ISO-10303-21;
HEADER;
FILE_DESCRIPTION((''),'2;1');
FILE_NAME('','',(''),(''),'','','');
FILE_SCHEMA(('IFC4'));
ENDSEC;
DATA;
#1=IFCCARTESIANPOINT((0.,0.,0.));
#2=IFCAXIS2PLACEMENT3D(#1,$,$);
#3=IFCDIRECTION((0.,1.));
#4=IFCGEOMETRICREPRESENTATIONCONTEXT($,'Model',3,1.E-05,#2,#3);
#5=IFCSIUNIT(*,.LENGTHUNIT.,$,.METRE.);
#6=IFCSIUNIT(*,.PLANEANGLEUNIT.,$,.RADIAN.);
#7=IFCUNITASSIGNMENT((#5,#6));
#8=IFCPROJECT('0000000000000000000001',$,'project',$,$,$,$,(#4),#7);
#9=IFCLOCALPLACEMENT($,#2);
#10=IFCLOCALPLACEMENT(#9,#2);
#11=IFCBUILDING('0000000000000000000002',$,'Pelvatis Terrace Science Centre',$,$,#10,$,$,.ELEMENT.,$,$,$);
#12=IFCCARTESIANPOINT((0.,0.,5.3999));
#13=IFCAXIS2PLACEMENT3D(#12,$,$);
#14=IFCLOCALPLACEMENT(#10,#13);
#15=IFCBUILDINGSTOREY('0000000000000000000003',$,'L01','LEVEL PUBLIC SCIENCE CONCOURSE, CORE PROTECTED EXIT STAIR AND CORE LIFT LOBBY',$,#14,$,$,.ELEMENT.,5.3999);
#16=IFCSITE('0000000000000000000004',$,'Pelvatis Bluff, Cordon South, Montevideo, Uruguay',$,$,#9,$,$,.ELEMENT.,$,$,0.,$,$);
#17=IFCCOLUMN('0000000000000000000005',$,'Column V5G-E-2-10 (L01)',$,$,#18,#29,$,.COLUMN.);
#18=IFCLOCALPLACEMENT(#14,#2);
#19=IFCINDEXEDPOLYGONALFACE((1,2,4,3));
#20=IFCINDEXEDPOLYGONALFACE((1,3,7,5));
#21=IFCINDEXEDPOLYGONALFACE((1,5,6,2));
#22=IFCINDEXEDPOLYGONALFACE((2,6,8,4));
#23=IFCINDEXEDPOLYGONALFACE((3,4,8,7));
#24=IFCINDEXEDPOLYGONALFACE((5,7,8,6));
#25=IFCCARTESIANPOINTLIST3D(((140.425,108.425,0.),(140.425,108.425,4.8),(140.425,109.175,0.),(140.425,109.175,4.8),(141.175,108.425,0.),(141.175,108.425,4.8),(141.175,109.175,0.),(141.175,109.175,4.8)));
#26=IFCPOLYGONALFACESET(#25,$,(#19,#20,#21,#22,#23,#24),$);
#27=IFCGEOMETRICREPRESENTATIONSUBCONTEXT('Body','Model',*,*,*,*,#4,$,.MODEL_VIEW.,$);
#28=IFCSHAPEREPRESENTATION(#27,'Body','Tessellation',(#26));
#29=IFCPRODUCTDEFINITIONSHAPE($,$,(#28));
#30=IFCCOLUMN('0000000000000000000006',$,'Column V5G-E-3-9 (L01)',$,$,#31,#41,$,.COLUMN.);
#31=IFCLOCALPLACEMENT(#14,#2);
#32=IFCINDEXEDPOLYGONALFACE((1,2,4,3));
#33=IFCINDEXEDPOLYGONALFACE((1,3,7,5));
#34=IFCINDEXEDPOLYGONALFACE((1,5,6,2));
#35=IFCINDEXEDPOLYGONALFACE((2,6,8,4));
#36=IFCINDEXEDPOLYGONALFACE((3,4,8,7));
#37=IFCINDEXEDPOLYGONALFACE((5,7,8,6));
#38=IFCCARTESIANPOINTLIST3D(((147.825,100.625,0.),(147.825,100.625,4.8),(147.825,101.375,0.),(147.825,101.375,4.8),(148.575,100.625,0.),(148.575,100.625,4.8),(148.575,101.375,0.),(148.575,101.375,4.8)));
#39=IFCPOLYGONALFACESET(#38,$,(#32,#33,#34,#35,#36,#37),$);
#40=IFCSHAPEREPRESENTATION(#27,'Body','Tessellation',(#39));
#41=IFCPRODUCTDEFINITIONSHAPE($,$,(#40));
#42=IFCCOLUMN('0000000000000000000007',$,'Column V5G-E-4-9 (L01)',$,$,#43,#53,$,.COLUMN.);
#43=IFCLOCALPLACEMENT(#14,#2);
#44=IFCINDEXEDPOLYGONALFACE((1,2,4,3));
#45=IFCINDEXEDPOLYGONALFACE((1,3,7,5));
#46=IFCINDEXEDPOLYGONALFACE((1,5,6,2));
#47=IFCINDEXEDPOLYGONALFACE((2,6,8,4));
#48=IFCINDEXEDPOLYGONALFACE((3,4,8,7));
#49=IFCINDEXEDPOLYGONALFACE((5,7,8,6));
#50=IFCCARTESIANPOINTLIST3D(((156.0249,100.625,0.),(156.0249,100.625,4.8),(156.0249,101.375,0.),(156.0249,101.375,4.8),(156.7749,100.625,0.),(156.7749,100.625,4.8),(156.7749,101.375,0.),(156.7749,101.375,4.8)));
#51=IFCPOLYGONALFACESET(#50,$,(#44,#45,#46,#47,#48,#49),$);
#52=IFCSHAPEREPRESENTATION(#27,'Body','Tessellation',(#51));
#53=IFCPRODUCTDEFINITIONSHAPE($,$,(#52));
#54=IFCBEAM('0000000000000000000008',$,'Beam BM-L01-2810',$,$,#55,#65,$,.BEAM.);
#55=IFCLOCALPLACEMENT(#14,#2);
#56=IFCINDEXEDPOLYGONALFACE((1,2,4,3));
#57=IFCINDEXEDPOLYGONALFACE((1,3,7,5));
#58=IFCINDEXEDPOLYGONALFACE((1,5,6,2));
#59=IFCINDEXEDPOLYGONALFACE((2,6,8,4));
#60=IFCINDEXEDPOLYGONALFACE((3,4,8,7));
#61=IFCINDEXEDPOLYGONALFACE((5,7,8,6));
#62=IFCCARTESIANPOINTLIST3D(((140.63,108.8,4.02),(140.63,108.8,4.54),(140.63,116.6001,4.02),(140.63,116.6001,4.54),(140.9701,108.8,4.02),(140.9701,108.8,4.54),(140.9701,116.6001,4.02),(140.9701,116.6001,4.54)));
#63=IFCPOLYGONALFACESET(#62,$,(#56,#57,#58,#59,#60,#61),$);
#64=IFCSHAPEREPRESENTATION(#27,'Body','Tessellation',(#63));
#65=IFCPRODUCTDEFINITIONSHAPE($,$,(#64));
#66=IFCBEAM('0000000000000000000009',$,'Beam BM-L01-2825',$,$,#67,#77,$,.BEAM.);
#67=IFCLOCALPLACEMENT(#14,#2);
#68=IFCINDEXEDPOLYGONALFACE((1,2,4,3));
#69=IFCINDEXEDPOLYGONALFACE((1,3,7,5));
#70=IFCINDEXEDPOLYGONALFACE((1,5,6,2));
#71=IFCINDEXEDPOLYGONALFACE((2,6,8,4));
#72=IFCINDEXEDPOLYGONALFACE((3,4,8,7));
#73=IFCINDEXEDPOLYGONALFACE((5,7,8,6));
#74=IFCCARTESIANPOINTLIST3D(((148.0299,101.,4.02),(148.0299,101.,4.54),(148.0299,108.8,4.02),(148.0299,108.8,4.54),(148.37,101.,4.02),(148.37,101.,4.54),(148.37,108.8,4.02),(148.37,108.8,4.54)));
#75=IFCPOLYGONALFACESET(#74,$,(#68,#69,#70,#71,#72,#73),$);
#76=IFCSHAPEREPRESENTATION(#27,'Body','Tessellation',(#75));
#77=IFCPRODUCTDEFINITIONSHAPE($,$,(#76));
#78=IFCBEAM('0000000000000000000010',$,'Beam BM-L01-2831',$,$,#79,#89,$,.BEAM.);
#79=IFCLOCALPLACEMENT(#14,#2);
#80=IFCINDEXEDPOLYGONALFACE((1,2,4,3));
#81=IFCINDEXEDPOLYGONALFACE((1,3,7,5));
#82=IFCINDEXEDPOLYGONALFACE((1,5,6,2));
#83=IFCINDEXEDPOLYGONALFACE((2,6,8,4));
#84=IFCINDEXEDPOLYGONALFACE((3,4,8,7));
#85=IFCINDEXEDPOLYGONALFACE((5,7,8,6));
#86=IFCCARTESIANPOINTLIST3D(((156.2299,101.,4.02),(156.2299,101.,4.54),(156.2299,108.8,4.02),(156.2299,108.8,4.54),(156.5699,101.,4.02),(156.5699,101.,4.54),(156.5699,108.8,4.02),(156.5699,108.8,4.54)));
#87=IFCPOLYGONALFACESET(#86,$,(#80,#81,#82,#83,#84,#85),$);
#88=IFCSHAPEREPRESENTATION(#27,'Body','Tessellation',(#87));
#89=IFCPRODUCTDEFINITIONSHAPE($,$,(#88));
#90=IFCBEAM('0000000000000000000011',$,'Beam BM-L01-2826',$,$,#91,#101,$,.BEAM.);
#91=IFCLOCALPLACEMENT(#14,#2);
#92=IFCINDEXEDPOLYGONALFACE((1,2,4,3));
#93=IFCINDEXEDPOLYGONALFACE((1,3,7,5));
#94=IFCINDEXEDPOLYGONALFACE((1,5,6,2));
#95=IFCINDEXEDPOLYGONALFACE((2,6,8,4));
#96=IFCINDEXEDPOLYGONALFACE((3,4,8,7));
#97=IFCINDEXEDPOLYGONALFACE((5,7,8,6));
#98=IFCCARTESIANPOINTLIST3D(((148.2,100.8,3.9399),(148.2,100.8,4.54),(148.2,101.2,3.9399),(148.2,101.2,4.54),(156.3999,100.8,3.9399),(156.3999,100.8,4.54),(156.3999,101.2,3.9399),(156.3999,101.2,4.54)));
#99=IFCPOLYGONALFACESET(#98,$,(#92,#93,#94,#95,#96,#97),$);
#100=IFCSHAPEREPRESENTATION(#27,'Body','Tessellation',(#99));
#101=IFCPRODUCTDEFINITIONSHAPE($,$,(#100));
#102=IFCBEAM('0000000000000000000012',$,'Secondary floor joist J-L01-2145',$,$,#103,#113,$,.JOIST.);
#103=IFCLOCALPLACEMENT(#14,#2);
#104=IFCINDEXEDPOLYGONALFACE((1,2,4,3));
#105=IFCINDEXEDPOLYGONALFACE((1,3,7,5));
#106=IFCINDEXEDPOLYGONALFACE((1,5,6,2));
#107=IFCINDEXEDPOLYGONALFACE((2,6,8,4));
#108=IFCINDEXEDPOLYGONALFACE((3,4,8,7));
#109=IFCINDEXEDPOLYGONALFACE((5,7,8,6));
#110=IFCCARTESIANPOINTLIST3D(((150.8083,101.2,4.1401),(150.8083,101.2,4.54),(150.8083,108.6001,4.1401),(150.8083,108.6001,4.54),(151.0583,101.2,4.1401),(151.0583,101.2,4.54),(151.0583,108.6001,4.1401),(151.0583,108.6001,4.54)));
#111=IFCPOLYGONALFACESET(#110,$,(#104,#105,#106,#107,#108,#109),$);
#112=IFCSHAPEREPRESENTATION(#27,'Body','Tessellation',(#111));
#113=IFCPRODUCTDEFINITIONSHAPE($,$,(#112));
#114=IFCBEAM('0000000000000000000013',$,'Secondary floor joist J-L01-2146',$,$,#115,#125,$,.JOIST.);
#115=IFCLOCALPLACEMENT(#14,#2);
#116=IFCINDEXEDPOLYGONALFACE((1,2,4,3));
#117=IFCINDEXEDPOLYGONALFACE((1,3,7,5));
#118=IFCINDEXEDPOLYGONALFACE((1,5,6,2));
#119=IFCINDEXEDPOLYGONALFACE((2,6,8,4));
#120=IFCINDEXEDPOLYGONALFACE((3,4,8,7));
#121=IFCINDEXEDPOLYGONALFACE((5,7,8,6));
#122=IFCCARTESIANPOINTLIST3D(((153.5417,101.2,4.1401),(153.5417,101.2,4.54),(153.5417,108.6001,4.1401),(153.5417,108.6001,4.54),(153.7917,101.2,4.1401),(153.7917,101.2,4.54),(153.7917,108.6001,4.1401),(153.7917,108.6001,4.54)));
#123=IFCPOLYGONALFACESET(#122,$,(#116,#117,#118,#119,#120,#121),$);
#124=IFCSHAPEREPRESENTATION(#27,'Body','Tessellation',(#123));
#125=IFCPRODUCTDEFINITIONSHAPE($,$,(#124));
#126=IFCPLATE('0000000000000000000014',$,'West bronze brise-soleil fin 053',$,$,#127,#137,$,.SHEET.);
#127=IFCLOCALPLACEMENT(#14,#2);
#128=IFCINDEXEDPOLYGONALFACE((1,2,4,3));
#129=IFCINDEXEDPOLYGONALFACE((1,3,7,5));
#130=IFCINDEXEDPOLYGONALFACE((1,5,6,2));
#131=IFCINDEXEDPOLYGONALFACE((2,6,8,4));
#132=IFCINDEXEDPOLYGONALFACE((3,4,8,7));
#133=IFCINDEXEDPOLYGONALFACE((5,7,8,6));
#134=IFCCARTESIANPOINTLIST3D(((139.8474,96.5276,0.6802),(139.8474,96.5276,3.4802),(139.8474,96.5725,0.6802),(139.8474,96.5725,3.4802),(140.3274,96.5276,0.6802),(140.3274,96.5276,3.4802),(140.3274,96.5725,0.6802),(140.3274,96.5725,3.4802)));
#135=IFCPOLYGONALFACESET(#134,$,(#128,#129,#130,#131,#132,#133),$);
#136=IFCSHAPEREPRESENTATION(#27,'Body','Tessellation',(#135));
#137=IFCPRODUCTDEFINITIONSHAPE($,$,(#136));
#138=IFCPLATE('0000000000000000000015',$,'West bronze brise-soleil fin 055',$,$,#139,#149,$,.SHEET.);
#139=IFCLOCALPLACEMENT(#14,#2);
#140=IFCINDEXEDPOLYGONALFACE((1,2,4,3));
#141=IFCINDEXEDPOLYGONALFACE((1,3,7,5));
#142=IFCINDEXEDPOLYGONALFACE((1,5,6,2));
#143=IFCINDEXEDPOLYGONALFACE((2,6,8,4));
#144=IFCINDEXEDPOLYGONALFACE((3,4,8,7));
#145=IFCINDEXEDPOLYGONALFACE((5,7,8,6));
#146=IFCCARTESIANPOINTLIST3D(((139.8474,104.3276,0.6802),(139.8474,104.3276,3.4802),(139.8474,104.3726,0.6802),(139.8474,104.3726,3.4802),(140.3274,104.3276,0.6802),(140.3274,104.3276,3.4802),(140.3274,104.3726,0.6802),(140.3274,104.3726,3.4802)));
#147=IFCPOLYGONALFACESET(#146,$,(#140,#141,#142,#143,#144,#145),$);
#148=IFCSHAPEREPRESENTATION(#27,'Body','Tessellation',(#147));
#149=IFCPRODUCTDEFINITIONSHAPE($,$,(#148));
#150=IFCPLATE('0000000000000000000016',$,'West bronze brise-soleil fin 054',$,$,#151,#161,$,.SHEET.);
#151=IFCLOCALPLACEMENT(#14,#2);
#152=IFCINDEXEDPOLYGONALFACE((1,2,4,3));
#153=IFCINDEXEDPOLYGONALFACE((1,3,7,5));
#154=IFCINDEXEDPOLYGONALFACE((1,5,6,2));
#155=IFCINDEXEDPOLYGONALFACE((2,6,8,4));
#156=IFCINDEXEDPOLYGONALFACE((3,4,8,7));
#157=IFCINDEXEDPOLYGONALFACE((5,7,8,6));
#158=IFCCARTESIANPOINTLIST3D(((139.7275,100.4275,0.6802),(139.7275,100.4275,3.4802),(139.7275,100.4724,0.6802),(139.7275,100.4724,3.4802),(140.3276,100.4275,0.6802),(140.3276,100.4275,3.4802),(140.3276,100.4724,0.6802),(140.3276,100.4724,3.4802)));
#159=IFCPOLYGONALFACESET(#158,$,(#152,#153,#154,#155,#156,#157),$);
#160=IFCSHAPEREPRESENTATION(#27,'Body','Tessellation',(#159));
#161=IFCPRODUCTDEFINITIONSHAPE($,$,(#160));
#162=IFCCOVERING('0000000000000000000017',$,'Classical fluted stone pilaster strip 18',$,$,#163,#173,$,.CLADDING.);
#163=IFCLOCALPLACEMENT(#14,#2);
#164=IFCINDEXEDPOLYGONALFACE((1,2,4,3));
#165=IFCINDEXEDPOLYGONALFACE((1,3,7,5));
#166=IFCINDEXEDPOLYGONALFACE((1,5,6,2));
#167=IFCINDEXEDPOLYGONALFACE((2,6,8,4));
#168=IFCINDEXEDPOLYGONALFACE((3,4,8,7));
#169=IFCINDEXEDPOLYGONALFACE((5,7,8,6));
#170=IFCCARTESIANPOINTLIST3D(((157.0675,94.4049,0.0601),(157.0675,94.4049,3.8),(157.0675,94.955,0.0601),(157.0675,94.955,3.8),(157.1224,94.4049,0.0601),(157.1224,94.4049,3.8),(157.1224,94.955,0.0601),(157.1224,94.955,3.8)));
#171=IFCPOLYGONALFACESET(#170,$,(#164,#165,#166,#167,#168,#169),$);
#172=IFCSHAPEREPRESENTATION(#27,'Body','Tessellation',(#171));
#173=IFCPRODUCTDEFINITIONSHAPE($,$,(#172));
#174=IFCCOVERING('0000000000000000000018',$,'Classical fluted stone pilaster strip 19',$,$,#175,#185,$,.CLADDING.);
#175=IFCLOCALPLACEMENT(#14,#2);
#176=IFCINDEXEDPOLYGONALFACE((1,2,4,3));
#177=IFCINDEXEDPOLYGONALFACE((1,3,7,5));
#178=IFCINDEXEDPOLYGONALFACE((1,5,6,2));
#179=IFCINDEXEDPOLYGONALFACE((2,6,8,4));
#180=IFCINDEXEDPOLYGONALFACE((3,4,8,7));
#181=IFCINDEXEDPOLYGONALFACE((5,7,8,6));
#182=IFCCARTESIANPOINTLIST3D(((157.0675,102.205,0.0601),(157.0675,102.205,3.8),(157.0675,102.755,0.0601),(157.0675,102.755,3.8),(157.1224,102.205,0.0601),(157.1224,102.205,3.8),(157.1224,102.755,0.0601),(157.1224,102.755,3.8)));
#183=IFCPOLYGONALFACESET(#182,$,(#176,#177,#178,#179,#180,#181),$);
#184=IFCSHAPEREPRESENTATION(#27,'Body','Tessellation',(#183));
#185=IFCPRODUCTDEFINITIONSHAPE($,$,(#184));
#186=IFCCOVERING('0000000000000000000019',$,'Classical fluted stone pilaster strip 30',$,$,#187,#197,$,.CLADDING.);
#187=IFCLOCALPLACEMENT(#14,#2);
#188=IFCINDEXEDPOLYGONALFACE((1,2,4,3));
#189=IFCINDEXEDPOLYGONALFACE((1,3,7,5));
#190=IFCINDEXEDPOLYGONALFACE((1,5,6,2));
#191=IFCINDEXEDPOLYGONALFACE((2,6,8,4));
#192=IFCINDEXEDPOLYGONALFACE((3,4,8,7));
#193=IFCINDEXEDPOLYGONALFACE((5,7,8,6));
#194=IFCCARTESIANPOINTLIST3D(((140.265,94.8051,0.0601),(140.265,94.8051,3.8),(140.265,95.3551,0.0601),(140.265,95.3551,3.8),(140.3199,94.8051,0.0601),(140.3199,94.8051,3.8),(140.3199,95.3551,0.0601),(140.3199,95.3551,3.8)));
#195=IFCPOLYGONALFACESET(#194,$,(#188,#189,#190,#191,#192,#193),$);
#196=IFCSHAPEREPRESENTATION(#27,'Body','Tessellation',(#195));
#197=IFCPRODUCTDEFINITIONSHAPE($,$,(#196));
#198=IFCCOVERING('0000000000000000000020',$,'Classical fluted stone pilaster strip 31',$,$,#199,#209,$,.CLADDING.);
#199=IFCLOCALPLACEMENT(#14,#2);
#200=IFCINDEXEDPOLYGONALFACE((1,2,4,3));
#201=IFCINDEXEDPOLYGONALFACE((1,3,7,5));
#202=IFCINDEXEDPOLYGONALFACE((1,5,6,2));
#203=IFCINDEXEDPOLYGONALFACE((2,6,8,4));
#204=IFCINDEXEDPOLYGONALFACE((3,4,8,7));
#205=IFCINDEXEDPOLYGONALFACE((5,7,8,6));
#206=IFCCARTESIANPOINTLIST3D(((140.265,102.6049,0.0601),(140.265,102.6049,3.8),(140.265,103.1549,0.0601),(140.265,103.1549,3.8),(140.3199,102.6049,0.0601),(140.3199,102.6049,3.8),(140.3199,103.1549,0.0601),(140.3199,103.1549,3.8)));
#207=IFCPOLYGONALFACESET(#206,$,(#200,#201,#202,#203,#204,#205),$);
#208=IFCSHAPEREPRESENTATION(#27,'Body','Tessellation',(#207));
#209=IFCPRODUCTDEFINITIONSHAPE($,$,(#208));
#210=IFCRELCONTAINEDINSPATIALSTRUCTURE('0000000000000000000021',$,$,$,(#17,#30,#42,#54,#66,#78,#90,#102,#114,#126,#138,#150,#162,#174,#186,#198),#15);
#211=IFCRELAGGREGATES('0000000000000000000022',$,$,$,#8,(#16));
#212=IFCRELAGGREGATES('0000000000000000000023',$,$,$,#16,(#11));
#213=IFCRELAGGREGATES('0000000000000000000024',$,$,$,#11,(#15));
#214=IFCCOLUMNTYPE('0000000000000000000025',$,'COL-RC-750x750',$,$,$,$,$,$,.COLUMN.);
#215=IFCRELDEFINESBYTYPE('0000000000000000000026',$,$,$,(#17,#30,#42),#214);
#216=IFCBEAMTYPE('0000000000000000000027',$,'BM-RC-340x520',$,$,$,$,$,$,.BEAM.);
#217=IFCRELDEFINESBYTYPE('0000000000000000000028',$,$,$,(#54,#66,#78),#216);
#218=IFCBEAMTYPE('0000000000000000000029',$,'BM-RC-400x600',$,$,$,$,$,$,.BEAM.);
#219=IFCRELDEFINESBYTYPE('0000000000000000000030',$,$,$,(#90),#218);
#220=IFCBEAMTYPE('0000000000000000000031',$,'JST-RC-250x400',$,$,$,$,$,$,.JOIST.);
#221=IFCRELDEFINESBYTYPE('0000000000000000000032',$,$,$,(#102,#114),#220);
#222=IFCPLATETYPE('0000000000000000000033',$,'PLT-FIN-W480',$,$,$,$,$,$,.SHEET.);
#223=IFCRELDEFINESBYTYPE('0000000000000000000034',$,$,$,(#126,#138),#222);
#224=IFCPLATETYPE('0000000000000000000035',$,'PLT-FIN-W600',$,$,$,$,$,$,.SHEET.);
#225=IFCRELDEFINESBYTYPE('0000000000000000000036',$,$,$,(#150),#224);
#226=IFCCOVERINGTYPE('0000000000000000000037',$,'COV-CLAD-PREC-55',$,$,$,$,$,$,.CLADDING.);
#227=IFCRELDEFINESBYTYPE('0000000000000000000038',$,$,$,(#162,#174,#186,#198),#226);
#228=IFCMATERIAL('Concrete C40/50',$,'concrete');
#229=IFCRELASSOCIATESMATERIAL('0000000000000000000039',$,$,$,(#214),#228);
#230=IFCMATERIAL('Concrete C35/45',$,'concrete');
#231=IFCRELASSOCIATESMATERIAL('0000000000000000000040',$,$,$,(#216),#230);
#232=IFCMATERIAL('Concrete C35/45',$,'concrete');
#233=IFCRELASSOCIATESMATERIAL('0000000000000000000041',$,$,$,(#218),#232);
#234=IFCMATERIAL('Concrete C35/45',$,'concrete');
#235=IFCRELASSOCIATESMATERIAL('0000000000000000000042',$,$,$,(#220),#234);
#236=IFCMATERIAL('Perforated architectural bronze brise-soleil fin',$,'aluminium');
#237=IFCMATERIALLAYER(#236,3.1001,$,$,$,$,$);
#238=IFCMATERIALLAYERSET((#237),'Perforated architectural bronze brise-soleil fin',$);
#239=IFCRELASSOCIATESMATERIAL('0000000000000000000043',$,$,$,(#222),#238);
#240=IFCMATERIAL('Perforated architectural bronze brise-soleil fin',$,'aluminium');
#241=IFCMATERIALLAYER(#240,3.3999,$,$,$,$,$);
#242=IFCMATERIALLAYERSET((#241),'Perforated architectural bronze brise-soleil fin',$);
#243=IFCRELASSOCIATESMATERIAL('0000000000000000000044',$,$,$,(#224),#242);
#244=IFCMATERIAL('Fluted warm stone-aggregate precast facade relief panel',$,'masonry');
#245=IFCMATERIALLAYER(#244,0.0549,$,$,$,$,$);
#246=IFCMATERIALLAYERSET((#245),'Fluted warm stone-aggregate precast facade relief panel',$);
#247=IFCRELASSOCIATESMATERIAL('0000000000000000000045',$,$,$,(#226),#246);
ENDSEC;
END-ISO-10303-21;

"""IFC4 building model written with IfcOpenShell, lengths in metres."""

from ifc_helpers import new_model, si_unit, direction, frame, origin, origin_2d, place, context, subcontext, project, spatial, rectangle, extrude, material, layer, layer_set, material_profile, profile_set, type_object, element, save


model = new_model("IFC4")

# Units and contexts
model_context = context("Model", 3, precision=1e-05, world=origin(), true_north=direction((0.0, 1.0)))
body_context = subcontext(model_context, "Body", "Model", "MODEL_VIEW")
ifc_project = project(units=[si_unit("LENGTHUNIT", "METRE"), si_unit("PLANEANGLEUNIT", "RADIAN")], contexts=[model_context])

# Site, building, storey
site_placement = place(None, origin())
site = spatial("IfcSite", under=ifc_project, at=site_placement, Name="Pelvatis Bluff, Cordon South, Montevideo, Uruguay", CompositionType="ELEMENT", RefElevation=0.0)
building_placement = place(site_placement, origin())
building = spatial("IfcBuilding", under=site, at=building_placement, Name="Pelvatis Terrace Science Centre", CompositionType="ELEMENT")
storey_placement = place(building_placement, frame((0.0, 0.0, 5.3999)))
storey = spatial("IfcBuildingStorey", under=building, at=storey_placement, Name="L01", Description="LEVEL PUBLIC SCIENCE CONCOURSE, CORE PROTECTED EXIT STAIR AND CORE LIFT LOBBY", CompositionType="ELEMENT", Elevation=5.3999)

# Columns
ifc_material_1 = material(Name="Concrete C40/50", Category="concrete")
ifc_material_profile_1 = material_profile(ifc_material_1, rectangle(XDim=0.75, YDim=0.75, at=origin_2d()), Name="RC-COL 750x750")
ifc_profile_set_1 = profile_set([ifc_material_profile_1], Name="Concrete C40/50")
column_type = type_object("IfcColumnType", Name="COL-RC-750x750", PredefinedType="COLUMN", material=ifc_profile_set_1)
for number, where, z_axis, x_axis, name in (
    (1, (140.8, 108.8, 0.0), (0.0, 0.0, 1.0), (1.0, 0.0, 0.0), "Column V5G-E-2-10 (L01)"),
    (2, (148.2, 101.0, 0.0), (0.0, 0.0, 1.0), (1.0, 0.0, 0.0), "Column V5G-E-3-9 (L01)"),
    (3, (156.3999, 101.0, 0.0), (0.0, 0.0, 1.0), (1.0, 0.0, 0.0), "Column V5G-E-4-9 (L01)"),
):
    element("IfcColumn", number, at=place(storey_placement, frame(where, z_axis=z_axis, x_axis=x_axis)), inside=storey, type_object=column_type, Name=name, PredefinedType="COLUMN", context=body_context, shape_type="SweptSolid", body=[
        extrude(rectangle(XDim=0.75, YDim=0.75, at=origin_2d()), origin(), (0.0, 0.0, 1.0), 4.8),
    ])

# Beams
ifc_material_2 = material(Name="Concrete C35/45", Category="concrete")
ifc_material_profile_2 = material_profile(ifc_material_2, rectangle(XDim=0.3401, YDim=0.52, at=origin_2d()), Name="RC-BM 340x520")
ifc_profile_set_2 = profile_set([ifc_material_profile_2], Name="Concrete C35/45")
beam_type_1 = type_object("IfcBeamType", Name="BM-RC-340x520", PredefinedType="BEAM", material=ifc_profile_set_2)
for number, where, z_axis, x_axis, name in (
    (4, (140.8, 108.8, 4.28), (0.0, 1.0, 0.0), (-1.0, 0.0, 0.0), "Beam BM-L01-2810"),
    (5, (148.2, 101.0, 4.28), (0.0, 1.0, 0.0), (-1.0, 0.0, 0.0), "Beam BM-L01-2825"),
    (6, (156.3999, 101.0, 4.28), (0.0, 1.0, 0.0), (-1.0, 0.0, 0.0), "Beam BM-L01-2831"),
):
    element("IfcBeam", number, at=place(storey_placement, frame(where, z_axis=z_axis, x_axis=x_axis)), inside=storey, type_object=beam_type_1, Name=name, PredefinedType="BEAM", context=body_context, shape_type="SweptSolid", body=[
        extrude(rectangle(XDim=0.3401, YDim=0.52, at=origin_2d()), origin(), (0.0, 0.0, 1.0), 7.8),
    ])
ifc_material_3 = material(Name="Concrete C35/45", Category="concrete")
ifc_material_profile_3 = material_profile(ifc_material_3, rectangle(XDim=0.3999, YDim=0.6001, at=origin_2d()), Name="RC-BM 400x600")
ifc_profile_set_3 = profile_set([ifc_material_profile_3], Name="Concrete C35/45")
beam_type_2 = type_object("IfcBeamType", Name="BM-RC-400x600", PredefinedType="BEAM", material=ifc_profile_set_3)
beam_placement = place(storey_placement, frame((148.2, 101.0, 4.24), z_axis=(1.0, 0.0, 0.0), x_axis=(0.0, 1.0, 0.0)))
element("IfcBeam", 7, at=beam_placement, inside=storey, type_object=beam_type_2, Name="Beam BM-L01-2826", PredefinedType="BEAM", context=body_context, shape_type="SweptSolid", body=[
    extrude(rectangle(XDim=0.3999, YDim=0.6001, at=origin_2d()), origin(), (0.0, 0.0, 1.0), 8.2),
])
ifc_material_4 = material(Name="Concrete C35/45", Category="concrete")
ifc_material_profile_4 = material_profile(ifc_material_4, rectangle(XDim=0.25, YDim=0.3999, at=origin_2d()), Name="RC-JST 250x400")
ifc_profile_set_4 = profile_set([ifc_material_profile_4], Name="Concrete C35/45")
beam_type_3 = type_object("IfcBeamType", Name="JST-RC-250x400", PredefinedType="JOIST", material=ifc_profile_set_4)
for number, where, z_axis, x_axis, name in (
    (8, (150.9333, 101.2, 4.3401), (0.0, 1.0, 0.0), (-1.0, 0.0, 0.0), "Secondary floor joist J-L01-2145"),
    (9, (153.6667, 101.2, 4.3401), (0.0, 1.0, 0.0), (-1.0, 0.0, 0.0), "Secondary floor joist J-L01-2146"),
):
    element("IfcBeam", number, at=place(storey_placement, frame(where, z_axis=z_axis, x_axis=x_axis)), inside=storey, type_object=beam_type_3, Name=name, PredefinedType="JOIST", context=body_context, shape_type="SweptSolid", body=[
        extrude(rectangle(XDim=0.25, YDim=0.3999, at=origin_2d()), origin(), (0.0, 0.0, 1.0), 7.4001),
    ])

# Plates
ifc_material_5 = material(Name="Perforated architectural bronze brise-soleil fin", Category="aluminium")
ifc_layer_1 = layer(ifc_material_5, 3.1001)
ifc_layer_set_1 = layer_set([ifc_layer_1], Name="Perforated architectural bronze brise-soleil fin")
plate_type_1 = type_object("IfcPlateType", Name="PLT-FIN-W480", PredefinedType="SHEET", material=ifc_layer_set_1)
for number, where, z_axis, x_axis, name in (
    (10, (140.0874, 96.55, 0.6802), (0.0, 0.0, 1.0), (1.0, 0.0, 0.0), "West bronze brise-soleil fin 053"),
    (11, (140.0874, 104.3501, 0.6802), (0.0, 0.0, 1.0), (1.0, 0.0, 0.0), "West bronze brise-soleil fin 055"),
):
    element("IfcPlate", number, at=place(storey_placement, frame(where, z_axis=z_axis, x_axis=x_axis)), inside=storey, type_object=plate_type_1, Name=name, PredefinedType="SHEET", context=body_context, shape_type="SweptSolid", body=[
        extrude(rectangle(XDim=0.48, YDim=0.0449, at=origin_2d()), origin(), (0.0, 0.0, 1.0), 2.8),
    ])
ifc_material_6 = material(Name="Perforated architectural bronze brise-soleil fin", Category="aluminium")
ifc_layer_2 = layer(ifc_material_6, 3.3999)
ifc_layer_set_2 = layer_set([ifc_layer_2], Name="Perforated architectural bronze brise-soleil fin")
plate_type_2 = type_object("IfcPlateType", Name="PLT-FIN-W600", PredefinedType="SHEET", material=ifc_layer_set_2)
plate_placement = place(storey_placement, frame((140.0276, 100.45, 0.6802), z_axis=(0.0, 0.0, 1.0), x_axis=(1.0, 0.0, 0.0)))
element("IfcPlate", 12, at=plate_placement, inside=storey, type_object=plate_type_2, Name="West bronze brise-soleil fin 054", PredefinedType="SHEET", context=body_context, shape_type="SweptSolid", body=[
    extrude(rectangle(XDim=0.6001, YDim=0.0449, at=origin_2d()), origin(), (0.0, 0.0, 1.0), 2.8),
])

# Coverings
ifc_material_7 = material(Name="Fluted warm stone-aggregate precast facade relief panel", Category="masonry")
ifc_layer_3 = layer(ifc_material_7, 0.0549)
ifc_layer_set_3 = layer_set([ifc_layer_3], Name="Fluted warm stone-aggregate precast facade relief panel")
covering_type = type_object("IfcCoveringType", Name="COV-CLAD-PREC-55", PredefinedType="CLADDING", material=ifc_layer_set_3)
for number, where, z_axis, x_axis, name in (
    (13, (157.095, 94.6799, 0.0601), (0.0, 0.0, 1.0), (1.0, 0.0, 0.0), "Classical fluted stone pilaster strip 18"),
    (14, (157.095, 102.48, 0.0601), (0.0, 0.0, 1.0), (1.0, 0.0, 0.0), "Classical fluted stone pilaster strip 19"),
    (15, (140.2925, 95.0801, 0.0601), (0.0, 0.0, 1.0), (1.0, 0.0, 0.0), "Classical fluted stone pilaster strip 30"),
    (16, (140.2925, 102.8799, 0.0601), (0.0, 0.0, 1.0), (1.0, 0.0, 0.0), "Classical fluted stone pilaster strip 31"),
):
    element("IfcCovering", number, at=place(storey_placement, frame(where, z_axis=z_axis, x_axis=x_axis)), inside=storey, type_object=covering_type, Name=name, PredefinedType="CLADDING", context=body_context, shape_type="SweptSolid", body=[
        extrude(rectangle(XDim=0.0549, YDim=0.55, at=origin_2d()), origin(), (0.0, 0.0, 1.0), 3.74),
    ])

save(model, "model.ifc")
